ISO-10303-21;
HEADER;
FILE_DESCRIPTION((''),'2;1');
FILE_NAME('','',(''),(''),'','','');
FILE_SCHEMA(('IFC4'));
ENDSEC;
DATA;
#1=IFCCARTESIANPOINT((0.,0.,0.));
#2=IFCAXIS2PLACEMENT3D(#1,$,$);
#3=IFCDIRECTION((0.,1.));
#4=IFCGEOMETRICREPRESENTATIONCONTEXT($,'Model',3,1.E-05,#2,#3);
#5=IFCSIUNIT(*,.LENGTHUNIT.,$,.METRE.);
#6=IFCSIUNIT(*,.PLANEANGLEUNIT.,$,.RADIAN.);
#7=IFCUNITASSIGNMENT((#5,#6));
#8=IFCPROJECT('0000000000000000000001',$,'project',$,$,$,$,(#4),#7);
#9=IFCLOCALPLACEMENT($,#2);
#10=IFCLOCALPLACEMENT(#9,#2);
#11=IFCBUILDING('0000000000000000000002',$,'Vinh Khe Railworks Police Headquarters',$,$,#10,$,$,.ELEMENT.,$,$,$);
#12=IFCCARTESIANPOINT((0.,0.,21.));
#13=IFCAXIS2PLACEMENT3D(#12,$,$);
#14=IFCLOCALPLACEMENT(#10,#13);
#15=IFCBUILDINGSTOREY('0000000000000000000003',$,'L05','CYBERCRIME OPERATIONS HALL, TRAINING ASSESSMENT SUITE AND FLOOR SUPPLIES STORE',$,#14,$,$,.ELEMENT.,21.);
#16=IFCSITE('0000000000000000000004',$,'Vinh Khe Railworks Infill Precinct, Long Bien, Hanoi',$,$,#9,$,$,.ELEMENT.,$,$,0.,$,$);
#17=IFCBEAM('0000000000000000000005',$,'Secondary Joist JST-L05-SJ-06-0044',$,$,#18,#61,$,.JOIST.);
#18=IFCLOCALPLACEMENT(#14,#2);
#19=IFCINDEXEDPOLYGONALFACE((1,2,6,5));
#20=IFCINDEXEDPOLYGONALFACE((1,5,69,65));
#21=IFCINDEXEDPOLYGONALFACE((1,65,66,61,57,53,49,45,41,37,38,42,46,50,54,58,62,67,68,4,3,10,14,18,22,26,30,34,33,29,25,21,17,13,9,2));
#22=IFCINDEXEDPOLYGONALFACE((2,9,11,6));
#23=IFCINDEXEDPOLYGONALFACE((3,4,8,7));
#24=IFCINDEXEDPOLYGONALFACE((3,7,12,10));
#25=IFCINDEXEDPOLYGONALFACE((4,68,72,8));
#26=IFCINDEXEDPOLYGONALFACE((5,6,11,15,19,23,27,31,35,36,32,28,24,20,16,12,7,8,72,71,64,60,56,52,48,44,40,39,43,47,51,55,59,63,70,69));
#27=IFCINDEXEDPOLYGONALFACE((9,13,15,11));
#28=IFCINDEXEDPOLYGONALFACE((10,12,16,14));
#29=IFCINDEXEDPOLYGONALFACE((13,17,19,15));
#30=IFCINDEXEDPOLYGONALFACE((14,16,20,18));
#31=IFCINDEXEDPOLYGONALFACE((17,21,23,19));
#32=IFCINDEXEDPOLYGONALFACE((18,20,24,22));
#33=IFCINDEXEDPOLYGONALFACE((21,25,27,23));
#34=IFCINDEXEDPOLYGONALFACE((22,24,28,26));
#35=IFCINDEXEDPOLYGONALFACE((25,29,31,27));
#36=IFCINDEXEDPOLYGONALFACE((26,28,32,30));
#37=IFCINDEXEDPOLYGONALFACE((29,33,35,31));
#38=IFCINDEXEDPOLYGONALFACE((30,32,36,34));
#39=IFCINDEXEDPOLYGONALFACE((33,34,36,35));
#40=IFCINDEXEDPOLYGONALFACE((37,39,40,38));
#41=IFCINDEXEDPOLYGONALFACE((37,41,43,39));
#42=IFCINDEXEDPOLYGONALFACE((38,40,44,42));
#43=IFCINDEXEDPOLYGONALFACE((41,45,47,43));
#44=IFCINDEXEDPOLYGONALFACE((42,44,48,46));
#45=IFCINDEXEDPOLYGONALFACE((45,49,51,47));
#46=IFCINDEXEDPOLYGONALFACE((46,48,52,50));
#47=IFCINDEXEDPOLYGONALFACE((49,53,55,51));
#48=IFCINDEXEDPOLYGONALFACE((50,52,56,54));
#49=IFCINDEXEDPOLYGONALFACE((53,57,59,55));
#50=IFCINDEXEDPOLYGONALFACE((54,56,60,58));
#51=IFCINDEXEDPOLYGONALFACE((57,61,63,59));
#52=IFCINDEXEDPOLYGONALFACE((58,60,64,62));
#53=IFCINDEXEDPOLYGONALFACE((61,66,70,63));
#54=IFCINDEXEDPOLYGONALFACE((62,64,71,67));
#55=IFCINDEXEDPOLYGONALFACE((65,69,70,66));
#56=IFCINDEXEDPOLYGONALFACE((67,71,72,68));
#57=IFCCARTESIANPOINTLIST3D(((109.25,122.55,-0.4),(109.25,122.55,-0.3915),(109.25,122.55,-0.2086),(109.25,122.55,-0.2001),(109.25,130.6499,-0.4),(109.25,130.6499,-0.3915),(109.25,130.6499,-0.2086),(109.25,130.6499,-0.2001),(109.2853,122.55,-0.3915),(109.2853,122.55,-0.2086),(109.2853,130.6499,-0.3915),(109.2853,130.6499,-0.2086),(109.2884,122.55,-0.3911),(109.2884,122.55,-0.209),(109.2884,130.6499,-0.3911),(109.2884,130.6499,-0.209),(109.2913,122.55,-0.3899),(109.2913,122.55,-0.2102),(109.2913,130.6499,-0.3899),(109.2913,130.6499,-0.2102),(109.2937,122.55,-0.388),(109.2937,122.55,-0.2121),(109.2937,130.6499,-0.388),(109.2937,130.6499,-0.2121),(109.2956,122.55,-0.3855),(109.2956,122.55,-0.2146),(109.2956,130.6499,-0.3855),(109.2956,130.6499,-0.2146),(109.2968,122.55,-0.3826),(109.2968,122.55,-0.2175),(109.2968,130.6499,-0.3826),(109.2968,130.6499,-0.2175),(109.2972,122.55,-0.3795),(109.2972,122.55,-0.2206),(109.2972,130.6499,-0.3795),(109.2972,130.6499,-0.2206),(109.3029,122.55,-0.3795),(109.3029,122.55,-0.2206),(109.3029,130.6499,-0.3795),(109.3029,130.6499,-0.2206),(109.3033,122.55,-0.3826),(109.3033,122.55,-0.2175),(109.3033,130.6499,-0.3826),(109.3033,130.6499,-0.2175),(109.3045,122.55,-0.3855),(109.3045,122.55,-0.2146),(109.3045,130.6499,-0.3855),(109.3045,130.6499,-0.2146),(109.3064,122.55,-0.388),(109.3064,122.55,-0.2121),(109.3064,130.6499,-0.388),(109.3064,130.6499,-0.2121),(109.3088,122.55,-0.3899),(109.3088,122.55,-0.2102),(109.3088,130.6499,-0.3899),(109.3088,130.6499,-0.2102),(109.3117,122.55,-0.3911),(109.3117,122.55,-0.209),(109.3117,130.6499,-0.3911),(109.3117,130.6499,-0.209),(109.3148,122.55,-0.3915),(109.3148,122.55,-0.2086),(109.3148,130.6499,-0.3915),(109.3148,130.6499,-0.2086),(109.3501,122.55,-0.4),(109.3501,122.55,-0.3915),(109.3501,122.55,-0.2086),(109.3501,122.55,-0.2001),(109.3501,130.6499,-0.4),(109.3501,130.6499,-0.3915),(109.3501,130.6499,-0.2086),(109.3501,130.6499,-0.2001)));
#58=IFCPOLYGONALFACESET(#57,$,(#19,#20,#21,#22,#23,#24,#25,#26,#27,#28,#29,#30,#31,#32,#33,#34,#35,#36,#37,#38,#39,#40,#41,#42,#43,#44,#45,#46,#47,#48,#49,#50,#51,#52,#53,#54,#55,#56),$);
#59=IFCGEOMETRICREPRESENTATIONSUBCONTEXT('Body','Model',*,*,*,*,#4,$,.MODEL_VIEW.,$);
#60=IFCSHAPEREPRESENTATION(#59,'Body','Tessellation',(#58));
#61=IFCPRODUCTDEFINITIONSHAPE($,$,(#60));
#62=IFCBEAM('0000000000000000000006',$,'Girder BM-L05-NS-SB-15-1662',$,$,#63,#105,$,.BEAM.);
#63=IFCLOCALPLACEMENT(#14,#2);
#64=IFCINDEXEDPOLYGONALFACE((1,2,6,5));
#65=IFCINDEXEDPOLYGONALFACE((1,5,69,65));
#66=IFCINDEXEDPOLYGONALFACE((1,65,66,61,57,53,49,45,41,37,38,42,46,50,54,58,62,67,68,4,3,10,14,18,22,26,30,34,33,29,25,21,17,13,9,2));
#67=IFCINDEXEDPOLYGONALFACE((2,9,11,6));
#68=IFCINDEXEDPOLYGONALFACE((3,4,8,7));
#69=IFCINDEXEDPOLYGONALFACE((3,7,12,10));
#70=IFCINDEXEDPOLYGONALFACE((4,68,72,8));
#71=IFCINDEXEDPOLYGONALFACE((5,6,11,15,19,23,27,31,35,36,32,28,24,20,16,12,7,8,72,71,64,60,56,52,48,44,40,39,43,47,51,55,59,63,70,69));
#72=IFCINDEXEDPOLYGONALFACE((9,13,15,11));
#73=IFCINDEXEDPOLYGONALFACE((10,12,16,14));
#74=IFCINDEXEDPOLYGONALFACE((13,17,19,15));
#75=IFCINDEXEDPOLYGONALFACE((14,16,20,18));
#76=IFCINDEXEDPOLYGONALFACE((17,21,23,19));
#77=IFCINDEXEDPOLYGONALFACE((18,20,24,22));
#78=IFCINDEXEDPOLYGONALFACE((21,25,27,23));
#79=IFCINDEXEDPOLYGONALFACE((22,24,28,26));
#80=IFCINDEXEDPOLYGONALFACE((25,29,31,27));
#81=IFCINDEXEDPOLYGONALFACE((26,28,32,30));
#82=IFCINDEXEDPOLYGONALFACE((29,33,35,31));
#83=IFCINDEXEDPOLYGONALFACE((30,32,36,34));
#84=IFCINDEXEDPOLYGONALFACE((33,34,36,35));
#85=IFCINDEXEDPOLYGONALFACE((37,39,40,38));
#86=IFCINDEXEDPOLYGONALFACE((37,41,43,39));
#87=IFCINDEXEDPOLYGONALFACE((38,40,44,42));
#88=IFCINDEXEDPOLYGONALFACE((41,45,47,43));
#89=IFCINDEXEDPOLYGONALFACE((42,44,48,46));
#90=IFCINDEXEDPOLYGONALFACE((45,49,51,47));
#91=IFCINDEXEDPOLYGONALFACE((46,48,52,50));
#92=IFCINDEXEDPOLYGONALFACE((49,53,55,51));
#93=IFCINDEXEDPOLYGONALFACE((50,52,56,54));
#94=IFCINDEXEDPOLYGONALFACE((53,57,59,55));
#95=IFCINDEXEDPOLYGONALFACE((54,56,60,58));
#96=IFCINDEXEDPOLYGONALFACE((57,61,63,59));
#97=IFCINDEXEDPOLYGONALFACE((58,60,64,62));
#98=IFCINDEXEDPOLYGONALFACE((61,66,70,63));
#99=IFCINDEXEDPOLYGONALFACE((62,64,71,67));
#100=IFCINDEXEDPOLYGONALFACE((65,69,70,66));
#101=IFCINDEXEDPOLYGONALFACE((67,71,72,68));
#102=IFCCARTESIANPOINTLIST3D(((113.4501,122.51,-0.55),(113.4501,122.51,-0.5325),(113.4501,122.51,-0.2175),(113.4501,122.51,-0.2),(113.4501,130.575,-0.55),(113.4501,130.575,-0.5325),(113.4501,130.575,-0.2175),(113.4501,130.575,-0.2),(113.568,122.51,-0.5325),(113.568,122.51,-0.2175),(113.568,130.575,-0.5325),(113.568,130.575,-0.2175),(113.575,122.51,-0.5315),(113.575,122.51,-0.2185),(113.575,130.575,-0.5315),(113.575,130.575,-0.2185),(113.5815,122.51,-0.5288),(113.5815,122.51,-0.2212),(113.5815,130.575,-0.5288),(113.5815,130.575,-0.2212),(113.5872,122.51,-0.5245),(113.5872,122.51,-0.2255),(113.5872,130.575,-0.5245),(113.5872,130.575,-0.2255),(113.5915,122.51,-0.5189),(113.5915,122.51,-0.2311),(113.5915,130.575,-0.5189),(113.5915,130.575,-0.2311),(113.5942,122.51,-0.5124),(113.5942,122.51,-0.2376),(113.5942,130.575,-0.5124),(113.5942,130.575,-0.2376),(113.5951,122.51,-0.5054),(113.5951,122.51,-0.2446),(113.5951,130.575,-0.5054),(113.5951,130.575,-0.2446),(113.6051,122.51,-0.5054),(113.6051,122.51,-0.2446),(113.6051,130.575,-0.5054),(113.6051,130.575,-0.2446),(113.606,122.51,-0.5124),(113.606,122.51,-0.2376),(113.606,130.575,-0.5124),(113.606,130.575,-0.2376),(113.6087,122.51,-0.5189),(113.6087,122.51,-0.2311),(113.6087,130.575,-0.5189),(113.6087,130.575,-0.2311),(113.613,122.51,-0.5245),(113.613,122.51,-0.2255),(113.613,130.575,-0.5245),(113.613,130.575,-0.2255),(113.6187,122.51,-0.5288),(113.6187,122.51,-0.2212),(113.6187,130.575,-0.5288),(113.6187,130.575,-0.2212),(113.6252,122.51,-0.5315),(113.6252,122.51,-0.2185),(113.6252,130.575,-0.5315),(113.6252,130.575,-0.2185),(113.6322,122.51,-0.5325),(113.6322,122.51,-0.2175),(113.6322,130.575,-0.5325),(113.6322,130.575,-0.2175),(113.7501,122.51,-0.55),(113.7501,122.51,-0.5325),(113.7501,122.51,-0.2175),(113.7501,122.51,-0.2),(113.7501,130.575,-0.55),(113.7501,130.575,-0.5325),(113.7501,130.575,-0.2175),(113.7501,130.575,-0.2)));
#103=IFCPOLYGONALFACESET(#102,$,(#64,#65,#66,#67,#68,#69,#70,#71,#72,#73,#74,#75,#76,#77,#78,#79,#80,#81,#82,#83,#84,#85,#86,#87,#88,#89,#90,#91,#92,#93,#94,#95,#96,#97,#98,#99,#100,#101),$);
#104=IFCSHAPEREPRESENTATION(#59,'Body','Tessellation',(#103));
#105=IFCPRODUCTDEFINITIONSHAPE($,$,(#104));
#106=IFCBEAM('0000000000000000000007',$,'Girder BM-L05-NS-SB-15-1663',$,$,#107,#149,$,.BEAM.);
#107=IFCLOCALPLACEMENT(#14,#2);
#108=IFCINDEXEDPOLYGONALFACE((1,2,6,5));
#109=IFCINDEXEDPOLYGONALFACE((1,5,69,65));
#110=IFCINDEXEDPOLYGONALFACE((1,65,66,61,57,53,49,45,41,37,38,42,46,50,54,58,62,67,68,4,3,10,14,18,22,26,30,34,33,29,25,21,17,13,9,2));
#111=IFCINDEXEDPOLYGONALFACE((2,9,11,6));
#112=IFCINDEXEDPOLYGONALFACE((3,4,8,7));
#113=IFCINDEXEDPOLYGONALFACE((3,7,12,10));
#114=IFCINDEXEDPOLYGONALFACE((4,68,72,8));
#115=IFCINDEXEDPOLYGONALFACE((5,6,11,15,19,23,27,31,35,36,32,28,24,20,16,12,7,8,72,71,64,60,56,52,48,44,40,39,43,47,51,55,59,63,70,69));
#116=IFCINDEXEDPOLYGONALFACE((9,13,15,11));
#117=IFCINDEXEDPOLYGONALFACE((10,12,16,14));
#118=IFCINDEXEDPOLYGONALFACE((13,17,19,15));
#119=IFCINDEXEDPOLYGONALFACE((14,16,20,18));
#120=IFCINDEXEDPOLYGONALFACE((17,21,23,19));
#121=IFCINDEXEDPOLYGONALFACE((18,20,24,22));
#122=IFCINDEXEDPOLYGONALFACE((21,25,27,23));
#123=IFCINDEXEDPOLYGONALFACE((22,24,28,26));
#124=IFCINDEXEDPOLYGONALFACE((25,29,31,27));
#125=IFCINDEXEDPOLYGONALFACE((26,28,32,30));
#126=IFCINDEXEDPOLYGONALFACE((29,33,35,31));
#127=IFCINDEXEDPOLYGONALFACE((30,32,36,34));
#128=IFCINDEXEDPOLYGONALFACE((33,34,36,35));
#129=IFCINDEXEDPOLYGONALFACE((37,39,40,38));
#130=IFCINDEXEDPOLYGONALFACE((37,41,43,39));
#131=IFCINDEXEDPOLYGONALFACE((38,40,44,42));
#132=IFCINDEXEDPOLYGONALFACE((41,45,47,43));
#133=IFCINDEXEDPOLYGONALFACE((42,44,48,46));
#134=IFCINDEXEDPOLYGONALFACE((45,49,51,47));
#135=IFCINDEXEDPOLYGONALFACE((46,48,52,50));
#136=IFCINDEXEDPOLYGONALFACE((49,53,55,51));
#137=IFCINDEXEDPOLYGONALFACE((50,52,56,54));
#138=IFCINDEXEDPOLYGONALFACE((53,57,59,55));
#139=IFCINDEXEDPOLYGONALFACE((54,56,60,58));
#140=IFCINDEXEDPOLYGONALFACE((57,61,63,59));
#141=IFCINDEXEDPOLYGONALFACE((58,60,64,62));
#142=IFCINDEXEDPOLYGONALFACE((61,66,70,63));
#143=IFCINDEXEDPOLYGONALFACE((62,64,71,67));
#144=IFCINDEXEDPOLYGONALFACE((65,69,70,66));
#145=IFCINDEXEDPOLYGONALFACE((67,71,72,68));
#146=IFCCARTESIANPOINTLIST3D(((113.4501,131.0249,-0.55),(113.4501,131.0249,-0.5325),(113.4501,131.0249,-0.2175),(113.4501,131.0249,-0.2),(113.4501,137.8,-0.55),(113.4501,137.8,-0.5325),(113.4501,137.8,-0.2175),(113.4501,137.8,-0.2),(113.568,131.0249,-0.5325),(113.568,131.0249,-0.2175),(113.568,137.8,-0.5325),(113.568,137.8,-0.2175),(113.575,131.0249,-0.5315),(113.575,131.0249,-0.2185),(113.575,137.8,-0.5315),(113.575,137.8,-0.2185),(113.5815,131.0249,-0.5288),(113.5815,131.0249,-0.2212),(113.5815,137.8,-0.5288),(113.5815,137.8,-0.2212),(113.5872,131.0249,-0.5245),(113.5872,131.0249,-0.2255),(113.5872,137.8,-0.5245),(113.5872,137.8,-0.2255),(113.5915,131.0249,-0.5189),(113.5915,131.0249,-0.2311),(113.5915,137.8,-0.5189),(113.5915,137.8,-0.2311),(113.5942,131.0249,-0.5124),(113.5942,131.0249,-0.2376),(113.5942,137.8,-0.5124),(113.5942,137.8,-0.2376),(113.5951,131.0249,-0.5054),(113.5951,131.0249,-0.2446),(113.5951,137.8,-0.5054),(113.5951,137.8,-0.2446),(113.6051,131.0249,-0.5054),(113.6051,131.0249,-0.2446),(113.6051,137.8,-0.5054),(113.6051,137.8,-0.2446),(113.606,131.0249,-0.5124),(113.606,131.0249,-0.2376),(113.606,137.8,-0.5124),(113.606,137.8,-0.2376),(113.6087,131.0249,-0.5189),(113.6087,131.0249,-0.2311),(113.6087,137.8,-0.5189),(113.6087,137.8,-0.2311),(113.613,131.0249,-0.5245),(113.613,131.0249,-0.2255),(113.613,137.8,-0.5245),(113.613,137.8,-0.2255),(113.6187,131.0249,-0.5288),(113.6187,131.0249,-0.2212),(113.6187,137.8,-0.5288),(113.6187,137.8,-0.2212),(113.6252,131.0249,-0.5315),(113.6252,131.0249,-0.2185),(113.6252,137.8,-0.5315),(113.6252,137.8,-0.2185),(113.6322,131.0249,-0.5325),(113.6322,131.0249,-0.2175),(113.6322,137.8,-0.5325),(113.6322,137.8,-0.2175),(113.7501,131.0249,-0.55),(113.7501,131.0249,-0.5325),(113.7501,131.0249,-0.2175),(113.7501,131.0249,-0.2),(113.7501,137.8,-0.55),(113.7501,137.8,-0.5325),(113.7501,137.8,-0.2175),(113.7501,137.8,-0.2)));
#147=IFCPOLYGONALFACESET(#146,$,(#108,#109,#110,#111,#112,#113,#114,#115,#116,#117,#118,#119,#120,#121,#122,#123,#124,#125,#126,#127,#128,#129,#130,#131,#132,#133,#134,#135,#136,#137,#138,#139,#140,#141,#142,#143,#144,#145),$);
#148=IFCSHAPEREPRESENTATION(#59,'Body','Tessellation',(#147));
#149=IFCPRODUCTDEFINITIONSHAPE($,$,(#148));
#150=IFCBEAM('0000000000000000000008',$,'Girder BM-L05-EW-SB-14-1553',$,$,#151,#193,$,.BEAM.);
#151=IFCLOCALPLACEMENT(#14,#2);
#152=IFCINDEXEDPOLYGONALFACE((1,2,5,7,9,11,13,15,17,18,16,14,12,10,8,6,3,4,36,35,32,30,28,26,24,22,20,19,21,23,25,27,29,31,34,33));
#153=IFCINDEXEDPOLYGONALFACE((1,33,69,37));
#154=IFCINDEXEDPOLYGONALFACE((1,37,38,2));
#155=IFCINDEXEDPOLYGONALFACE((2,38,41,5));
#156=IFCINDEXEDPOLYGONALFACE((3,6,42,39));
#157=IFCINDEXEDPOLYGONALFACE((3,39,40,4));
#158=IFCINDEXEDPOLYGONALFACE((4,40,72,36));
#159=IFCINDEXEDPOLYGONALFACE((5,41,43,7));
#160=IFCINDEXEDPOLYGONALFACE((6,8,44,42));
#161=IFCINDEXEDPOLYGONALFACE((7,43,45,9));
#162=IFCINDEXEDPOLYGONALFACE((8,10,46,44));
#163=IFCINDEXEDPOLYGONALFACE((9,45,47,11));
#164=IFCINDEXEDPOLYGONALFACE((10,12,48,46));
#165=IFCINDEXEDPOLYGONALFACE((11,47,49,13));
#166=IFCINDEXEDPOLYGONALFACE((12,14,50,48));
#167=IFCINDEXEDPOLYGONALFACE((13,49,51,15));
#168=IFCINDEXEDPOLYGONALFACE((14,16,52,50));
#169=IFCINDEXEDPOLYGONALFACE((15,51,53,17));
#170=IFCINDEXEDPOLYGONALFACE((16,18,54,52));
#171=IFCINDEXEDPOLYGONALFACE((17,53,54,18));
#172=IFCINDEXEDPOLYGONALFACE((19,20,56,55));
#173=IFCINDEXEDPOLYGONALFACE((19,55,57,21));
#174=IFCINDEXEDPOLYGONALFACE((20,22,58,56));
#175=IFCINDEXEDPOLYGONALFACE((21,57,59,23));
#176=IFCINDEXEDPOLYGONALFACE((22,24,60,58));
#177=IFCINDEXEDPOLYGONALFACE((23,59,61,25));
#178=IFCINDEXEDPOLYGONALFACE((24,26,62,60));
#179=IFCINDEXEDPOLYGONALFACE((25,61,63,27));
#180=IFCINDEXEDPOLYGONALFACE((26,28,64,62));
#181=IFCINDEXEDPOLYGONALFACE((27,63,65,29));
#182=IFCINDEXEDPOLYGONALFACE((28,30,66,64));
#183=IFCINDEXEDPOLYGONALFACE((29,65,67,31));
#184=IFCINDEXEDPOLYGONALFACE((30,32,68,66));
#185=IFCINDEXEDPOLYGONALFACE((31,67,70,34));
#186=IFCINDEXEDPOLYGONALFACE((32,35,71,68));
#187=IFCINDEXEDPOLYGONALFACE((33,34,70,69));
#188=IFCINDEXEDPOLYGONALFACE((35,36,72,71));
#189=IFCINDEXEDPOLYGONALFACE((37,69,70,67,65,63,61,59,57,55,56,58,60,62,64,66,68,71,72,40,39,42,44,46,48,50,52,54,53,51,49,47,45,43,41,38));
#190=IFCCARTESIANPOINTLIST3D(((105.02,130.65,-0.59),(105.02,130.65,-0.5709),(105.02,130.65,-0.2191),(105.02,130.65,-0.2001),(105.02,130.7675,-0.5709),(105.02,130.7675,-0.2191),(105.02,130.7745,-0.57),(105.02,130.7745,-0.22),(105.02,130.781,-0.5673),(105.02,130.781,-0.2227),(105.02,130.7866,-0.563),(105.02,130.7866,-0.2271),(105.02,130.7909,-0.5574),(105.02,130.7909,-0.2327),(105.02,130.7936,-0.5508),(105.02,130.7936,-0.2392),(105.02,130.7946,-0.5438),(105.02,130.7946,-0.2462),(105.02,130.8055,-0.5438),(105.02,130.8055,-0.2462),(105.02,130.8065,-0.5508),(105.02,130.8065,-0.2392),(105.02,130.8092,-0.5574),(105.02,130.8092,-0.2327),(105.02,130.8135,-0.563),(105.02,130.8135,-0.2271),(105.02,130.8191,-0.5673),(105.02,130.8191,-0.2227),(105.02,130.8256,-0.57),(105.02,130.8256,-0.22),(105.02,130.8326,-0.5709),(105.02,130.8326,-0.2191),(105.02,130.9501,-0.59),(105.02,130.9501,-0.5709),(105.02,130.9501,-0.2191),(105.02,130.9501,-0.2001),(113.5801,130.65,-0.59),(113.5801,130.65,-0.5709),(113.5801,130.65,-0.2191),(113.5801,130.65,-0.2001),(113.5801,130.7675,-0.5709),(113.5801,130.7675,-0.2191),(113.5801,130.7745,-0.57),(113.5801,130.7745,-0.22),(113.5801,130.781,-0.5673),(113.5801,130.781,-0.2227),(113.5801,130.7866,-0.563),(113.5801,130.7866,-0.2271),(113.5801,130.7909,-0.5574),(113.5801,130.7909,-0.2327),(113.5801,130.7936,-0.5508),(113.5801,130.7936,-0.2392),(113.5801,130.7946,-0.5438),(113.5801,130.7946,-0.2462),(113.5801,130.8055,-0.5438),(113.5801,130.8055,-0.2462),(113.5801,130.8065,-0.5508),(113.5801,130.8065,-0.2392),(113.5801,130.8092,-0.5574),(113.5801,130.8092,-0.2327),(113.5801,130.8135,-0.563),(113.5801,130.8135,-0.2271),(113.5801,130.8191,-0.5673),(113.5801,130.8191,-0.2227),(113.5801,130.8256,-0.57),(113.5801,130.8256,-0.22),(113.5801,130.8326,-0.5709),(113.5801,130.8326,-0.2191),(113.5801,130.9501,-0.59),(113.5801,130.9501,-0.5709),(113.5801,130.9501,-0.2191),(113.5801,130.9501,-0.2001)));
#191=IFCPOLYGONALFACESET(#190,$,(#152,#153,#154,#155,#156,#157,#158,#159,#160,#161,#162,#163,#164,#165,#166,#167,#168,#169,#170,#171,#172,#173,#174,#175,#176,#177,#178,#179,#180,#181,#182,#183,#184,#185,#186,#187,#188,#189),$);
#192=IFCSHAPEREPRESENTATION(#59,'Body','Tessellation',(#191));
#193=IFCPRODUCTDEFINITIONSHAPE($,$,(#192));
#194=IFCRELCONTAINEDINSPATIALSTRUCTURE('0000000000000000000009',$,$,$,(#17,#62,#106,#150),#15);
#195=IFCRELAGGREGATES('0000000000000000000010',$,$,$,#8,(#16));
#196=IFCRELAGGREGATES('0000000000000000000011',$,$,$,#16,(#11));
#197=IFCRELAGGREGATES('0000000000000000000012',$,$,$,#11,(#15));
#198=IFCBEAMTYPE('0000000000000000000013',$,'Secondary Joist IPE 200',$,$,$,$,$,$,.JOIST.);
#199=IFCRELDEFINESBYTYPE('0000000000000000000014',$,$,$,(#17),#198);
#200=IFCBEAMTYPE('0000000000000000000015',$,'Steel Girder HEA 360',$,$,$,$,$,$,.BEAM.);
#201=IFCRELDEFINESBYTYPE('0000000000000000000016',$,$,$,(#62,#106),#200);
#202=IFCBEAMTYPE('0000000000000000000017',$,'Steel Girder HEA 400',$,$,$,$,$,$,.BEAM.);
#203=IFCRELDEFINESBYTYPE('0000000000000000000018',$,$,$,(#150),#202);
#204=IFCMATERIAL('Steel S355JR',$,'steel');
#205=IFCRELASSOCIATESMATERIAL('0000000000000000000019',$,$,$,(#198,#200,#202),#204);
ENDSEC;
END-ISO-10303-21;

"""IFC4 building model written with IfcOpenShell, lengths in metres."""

from ifc_helpers import new_model, si_unit, direction, frame, origin, origin_2d, place, context, subcontext, project, spatial, i_section, extrude, material, material_profile, profile_set, type_object, element, save


model = new_model("IFC4")

# Units and contexts
model_context = context("Model", 3, precision=1e-05, world=origin(), true_north=direction((0.0, 1.0)))
body_context = subcontext(model_context, "Body", "Model", "MODEL_VIEW")
ifc_project = project(units=[si_unit("LENGTHUNIT", "METRE"), si_unit("PLANEANGLEUNIT", "RADIAN")], contexts=[model_context])

# Site, building, storey
site_placement = place(None, origin())
site = spatial("IfcSite", under=ifc_project, at=site_placement, Name="Vinh Khe Railworks Infill Precinct, Long Bien, Hanoi", CompositionType="ELEMENT", RefElevation=0.0)
building_placement = place(site_placement, origin())
building = spatial("IfcBuilding", under=site, at=building_placement, Name="Vinh Khe Railworks Police Headquarters", CompositionType="ELEMENT")
storey_placement = place(building_placement, frame((0.0, 0.0, 21.0)))
storey = spatial("IfcBuildingStorey", under=building, at=storey_placement, Name="L05", Description="CYBERCRIME OPERATIONS HALL, TRAINING ASSESSMENT SUITE AND FLOOR SUPPLIES STORE", CompositionType="ELEMENT", Elevation=21.0)

# Shared definitions
ifc_material_1 = material(Name="Steel S355JR", Category="steel")

# Beams
ifc_material_profile_1 = material_profile(ifc_material_1, i_section(OverallWidth=0.1001, OverallDepth=0.2, WebThickness=0.0056, FlangeThickness=0.0085, FilletRadius=0.012, at=origin_2d()), Name="IPE 200")
ifc_profile_set_1 = profile_set([ifc_material_profile_1], Name="Steel S355JR")
beam_type_1 = type_object("IfcBeamType", Name="Secondary Joist IPE 200", PredefinedType="JOIST", material=ifc_profile_set_1)
beam_1_placement = place(storey_placement, frame((109.3, 122.55, -0.3), z_axis=(0.0, 1.0, 0.0), x_axis=(-1.0, 0.0, 0.0)))
element("IfcBeam", 1, at=beam_1_placement, inside=storey, type_object=beam_type_1, Name="Secondary Joist JST-L05-SJ-06-0044", PredefinedType="JOIST", context=body_context, shape_type="SweptSolid", body=[
    extrude(i_section(OverallWidth=0.1001, OverallDepth=0.2, WebThickness=0.0056, FlangeThickness=0.0085, FilletRadius=0.012, at=origin_2d()), origin(), (0.0, 0.0, 1.0), 8.0999),
])
ifc_material_profile_2 = material_profile(ifc_material_1, i_section(OverallWidth=0.3, OverallDepth=0.3501, WebThickness=0.01, FlangeThickness=0.0176, FilletRadius=0.0271, at=origin_2d()), Name="HEA 360")
ifc_profile_set_2 = profile_set([ifc_material_profile_2], Name="Steel S355JR")
beam_type_2 = type_object("IfcBeamType", Name="Steel Girder HEA 360", PredefinedType="BEAM", material=ifc_profile_set_2)
beam_2_placement = place(storey_placement, frame((113.6001, 122.51, -0.375), z_axis=(0.0, 1.0, 0.0), x_axis=(-1.0, 0.0, 0.0)))
element("IfcBeam", 2, at=beam_2_placement, inside=storey, type_object=beam_type_2, Name="Girder BM-L05-NS-SB-15-1662", PredefinedType="BEAM", context=body_context, shape_type="SweptSolid", body=[
    extrude(i_section(OverallWidth=0.3, OverallDepth=0.3501, WebThickness=0.01, FlangeThickness=0.0176, FilletRadius=0.0271, at=origin_2d()), origin(), (0.0, 0.0, 1.0), 8.0649),
])
beam_3_placement = place(storey_placement, frame((113.6001, 131.0249, -0.375), z_axis=(0.0, 1.0, 0.0), x_axis=(-1.0, 0.0, 0.0)))
element("IfcBeam", 3, at=beam_3_placement, inside=storey, type_object=beam_type_2, Name="Girder BM-L05-NS-SB-15-1663", PredefinedType="BEAM", context=body_context, shape_type="SweptSolid", body=[
    extrude(i_section(OverallWidth=0.3, OverallDepth=0.3501, WebThickness=0.01, FlangeThickness=0.0176, FilletRadius=0.0271, at=origin_2d()), origin(), (0.0, 0.0, 1.0), 6.7751),
])
ifc_material_profile_3 = material_profile(ifc_material_1, i_section(OverallWidth=0.3, OverallDepth=0.3899, WebThickness=0.011, FlangeThickness=0.019, FilletRadius=0.0271, at=origin_2d()), Name="HEA 400")
ifc_profile_set_3 = profile_set([ifc_material_profile_3], Name="Steel S355JR")
beam_type_3 = type_object("IfcBeamType", Name="Steel Girder HEA 400", PredefinedType="BEAM", material=ifc_profile_set_3)
beam_4_placement = place(storey_placement, frame((105.02, 130.8, -0.395), z_axis=(1.0, 0.0, 0.0), x_axis=(0.0, 1.0, 0.0)))
element("IfcBeam", 4, at=beam_4_placement, inside=storey, type_object=beam_type_3, Name="Girder BM-L05-EW-SB-14-1553", PredefinedType="BEAM", context=body_context, shape_type="SweptSolid", body=[
    extrude(i_section(OverallWidth=0.3, OverallDepth=0.3899, WebThickness=0.011, FlangeThickness=0.019, FilletRadius=0.0271, at=origin_2d()), origin(), (0.0, 0.0, 1.0), 8.5601),
])

save(model, "model.ifc")
